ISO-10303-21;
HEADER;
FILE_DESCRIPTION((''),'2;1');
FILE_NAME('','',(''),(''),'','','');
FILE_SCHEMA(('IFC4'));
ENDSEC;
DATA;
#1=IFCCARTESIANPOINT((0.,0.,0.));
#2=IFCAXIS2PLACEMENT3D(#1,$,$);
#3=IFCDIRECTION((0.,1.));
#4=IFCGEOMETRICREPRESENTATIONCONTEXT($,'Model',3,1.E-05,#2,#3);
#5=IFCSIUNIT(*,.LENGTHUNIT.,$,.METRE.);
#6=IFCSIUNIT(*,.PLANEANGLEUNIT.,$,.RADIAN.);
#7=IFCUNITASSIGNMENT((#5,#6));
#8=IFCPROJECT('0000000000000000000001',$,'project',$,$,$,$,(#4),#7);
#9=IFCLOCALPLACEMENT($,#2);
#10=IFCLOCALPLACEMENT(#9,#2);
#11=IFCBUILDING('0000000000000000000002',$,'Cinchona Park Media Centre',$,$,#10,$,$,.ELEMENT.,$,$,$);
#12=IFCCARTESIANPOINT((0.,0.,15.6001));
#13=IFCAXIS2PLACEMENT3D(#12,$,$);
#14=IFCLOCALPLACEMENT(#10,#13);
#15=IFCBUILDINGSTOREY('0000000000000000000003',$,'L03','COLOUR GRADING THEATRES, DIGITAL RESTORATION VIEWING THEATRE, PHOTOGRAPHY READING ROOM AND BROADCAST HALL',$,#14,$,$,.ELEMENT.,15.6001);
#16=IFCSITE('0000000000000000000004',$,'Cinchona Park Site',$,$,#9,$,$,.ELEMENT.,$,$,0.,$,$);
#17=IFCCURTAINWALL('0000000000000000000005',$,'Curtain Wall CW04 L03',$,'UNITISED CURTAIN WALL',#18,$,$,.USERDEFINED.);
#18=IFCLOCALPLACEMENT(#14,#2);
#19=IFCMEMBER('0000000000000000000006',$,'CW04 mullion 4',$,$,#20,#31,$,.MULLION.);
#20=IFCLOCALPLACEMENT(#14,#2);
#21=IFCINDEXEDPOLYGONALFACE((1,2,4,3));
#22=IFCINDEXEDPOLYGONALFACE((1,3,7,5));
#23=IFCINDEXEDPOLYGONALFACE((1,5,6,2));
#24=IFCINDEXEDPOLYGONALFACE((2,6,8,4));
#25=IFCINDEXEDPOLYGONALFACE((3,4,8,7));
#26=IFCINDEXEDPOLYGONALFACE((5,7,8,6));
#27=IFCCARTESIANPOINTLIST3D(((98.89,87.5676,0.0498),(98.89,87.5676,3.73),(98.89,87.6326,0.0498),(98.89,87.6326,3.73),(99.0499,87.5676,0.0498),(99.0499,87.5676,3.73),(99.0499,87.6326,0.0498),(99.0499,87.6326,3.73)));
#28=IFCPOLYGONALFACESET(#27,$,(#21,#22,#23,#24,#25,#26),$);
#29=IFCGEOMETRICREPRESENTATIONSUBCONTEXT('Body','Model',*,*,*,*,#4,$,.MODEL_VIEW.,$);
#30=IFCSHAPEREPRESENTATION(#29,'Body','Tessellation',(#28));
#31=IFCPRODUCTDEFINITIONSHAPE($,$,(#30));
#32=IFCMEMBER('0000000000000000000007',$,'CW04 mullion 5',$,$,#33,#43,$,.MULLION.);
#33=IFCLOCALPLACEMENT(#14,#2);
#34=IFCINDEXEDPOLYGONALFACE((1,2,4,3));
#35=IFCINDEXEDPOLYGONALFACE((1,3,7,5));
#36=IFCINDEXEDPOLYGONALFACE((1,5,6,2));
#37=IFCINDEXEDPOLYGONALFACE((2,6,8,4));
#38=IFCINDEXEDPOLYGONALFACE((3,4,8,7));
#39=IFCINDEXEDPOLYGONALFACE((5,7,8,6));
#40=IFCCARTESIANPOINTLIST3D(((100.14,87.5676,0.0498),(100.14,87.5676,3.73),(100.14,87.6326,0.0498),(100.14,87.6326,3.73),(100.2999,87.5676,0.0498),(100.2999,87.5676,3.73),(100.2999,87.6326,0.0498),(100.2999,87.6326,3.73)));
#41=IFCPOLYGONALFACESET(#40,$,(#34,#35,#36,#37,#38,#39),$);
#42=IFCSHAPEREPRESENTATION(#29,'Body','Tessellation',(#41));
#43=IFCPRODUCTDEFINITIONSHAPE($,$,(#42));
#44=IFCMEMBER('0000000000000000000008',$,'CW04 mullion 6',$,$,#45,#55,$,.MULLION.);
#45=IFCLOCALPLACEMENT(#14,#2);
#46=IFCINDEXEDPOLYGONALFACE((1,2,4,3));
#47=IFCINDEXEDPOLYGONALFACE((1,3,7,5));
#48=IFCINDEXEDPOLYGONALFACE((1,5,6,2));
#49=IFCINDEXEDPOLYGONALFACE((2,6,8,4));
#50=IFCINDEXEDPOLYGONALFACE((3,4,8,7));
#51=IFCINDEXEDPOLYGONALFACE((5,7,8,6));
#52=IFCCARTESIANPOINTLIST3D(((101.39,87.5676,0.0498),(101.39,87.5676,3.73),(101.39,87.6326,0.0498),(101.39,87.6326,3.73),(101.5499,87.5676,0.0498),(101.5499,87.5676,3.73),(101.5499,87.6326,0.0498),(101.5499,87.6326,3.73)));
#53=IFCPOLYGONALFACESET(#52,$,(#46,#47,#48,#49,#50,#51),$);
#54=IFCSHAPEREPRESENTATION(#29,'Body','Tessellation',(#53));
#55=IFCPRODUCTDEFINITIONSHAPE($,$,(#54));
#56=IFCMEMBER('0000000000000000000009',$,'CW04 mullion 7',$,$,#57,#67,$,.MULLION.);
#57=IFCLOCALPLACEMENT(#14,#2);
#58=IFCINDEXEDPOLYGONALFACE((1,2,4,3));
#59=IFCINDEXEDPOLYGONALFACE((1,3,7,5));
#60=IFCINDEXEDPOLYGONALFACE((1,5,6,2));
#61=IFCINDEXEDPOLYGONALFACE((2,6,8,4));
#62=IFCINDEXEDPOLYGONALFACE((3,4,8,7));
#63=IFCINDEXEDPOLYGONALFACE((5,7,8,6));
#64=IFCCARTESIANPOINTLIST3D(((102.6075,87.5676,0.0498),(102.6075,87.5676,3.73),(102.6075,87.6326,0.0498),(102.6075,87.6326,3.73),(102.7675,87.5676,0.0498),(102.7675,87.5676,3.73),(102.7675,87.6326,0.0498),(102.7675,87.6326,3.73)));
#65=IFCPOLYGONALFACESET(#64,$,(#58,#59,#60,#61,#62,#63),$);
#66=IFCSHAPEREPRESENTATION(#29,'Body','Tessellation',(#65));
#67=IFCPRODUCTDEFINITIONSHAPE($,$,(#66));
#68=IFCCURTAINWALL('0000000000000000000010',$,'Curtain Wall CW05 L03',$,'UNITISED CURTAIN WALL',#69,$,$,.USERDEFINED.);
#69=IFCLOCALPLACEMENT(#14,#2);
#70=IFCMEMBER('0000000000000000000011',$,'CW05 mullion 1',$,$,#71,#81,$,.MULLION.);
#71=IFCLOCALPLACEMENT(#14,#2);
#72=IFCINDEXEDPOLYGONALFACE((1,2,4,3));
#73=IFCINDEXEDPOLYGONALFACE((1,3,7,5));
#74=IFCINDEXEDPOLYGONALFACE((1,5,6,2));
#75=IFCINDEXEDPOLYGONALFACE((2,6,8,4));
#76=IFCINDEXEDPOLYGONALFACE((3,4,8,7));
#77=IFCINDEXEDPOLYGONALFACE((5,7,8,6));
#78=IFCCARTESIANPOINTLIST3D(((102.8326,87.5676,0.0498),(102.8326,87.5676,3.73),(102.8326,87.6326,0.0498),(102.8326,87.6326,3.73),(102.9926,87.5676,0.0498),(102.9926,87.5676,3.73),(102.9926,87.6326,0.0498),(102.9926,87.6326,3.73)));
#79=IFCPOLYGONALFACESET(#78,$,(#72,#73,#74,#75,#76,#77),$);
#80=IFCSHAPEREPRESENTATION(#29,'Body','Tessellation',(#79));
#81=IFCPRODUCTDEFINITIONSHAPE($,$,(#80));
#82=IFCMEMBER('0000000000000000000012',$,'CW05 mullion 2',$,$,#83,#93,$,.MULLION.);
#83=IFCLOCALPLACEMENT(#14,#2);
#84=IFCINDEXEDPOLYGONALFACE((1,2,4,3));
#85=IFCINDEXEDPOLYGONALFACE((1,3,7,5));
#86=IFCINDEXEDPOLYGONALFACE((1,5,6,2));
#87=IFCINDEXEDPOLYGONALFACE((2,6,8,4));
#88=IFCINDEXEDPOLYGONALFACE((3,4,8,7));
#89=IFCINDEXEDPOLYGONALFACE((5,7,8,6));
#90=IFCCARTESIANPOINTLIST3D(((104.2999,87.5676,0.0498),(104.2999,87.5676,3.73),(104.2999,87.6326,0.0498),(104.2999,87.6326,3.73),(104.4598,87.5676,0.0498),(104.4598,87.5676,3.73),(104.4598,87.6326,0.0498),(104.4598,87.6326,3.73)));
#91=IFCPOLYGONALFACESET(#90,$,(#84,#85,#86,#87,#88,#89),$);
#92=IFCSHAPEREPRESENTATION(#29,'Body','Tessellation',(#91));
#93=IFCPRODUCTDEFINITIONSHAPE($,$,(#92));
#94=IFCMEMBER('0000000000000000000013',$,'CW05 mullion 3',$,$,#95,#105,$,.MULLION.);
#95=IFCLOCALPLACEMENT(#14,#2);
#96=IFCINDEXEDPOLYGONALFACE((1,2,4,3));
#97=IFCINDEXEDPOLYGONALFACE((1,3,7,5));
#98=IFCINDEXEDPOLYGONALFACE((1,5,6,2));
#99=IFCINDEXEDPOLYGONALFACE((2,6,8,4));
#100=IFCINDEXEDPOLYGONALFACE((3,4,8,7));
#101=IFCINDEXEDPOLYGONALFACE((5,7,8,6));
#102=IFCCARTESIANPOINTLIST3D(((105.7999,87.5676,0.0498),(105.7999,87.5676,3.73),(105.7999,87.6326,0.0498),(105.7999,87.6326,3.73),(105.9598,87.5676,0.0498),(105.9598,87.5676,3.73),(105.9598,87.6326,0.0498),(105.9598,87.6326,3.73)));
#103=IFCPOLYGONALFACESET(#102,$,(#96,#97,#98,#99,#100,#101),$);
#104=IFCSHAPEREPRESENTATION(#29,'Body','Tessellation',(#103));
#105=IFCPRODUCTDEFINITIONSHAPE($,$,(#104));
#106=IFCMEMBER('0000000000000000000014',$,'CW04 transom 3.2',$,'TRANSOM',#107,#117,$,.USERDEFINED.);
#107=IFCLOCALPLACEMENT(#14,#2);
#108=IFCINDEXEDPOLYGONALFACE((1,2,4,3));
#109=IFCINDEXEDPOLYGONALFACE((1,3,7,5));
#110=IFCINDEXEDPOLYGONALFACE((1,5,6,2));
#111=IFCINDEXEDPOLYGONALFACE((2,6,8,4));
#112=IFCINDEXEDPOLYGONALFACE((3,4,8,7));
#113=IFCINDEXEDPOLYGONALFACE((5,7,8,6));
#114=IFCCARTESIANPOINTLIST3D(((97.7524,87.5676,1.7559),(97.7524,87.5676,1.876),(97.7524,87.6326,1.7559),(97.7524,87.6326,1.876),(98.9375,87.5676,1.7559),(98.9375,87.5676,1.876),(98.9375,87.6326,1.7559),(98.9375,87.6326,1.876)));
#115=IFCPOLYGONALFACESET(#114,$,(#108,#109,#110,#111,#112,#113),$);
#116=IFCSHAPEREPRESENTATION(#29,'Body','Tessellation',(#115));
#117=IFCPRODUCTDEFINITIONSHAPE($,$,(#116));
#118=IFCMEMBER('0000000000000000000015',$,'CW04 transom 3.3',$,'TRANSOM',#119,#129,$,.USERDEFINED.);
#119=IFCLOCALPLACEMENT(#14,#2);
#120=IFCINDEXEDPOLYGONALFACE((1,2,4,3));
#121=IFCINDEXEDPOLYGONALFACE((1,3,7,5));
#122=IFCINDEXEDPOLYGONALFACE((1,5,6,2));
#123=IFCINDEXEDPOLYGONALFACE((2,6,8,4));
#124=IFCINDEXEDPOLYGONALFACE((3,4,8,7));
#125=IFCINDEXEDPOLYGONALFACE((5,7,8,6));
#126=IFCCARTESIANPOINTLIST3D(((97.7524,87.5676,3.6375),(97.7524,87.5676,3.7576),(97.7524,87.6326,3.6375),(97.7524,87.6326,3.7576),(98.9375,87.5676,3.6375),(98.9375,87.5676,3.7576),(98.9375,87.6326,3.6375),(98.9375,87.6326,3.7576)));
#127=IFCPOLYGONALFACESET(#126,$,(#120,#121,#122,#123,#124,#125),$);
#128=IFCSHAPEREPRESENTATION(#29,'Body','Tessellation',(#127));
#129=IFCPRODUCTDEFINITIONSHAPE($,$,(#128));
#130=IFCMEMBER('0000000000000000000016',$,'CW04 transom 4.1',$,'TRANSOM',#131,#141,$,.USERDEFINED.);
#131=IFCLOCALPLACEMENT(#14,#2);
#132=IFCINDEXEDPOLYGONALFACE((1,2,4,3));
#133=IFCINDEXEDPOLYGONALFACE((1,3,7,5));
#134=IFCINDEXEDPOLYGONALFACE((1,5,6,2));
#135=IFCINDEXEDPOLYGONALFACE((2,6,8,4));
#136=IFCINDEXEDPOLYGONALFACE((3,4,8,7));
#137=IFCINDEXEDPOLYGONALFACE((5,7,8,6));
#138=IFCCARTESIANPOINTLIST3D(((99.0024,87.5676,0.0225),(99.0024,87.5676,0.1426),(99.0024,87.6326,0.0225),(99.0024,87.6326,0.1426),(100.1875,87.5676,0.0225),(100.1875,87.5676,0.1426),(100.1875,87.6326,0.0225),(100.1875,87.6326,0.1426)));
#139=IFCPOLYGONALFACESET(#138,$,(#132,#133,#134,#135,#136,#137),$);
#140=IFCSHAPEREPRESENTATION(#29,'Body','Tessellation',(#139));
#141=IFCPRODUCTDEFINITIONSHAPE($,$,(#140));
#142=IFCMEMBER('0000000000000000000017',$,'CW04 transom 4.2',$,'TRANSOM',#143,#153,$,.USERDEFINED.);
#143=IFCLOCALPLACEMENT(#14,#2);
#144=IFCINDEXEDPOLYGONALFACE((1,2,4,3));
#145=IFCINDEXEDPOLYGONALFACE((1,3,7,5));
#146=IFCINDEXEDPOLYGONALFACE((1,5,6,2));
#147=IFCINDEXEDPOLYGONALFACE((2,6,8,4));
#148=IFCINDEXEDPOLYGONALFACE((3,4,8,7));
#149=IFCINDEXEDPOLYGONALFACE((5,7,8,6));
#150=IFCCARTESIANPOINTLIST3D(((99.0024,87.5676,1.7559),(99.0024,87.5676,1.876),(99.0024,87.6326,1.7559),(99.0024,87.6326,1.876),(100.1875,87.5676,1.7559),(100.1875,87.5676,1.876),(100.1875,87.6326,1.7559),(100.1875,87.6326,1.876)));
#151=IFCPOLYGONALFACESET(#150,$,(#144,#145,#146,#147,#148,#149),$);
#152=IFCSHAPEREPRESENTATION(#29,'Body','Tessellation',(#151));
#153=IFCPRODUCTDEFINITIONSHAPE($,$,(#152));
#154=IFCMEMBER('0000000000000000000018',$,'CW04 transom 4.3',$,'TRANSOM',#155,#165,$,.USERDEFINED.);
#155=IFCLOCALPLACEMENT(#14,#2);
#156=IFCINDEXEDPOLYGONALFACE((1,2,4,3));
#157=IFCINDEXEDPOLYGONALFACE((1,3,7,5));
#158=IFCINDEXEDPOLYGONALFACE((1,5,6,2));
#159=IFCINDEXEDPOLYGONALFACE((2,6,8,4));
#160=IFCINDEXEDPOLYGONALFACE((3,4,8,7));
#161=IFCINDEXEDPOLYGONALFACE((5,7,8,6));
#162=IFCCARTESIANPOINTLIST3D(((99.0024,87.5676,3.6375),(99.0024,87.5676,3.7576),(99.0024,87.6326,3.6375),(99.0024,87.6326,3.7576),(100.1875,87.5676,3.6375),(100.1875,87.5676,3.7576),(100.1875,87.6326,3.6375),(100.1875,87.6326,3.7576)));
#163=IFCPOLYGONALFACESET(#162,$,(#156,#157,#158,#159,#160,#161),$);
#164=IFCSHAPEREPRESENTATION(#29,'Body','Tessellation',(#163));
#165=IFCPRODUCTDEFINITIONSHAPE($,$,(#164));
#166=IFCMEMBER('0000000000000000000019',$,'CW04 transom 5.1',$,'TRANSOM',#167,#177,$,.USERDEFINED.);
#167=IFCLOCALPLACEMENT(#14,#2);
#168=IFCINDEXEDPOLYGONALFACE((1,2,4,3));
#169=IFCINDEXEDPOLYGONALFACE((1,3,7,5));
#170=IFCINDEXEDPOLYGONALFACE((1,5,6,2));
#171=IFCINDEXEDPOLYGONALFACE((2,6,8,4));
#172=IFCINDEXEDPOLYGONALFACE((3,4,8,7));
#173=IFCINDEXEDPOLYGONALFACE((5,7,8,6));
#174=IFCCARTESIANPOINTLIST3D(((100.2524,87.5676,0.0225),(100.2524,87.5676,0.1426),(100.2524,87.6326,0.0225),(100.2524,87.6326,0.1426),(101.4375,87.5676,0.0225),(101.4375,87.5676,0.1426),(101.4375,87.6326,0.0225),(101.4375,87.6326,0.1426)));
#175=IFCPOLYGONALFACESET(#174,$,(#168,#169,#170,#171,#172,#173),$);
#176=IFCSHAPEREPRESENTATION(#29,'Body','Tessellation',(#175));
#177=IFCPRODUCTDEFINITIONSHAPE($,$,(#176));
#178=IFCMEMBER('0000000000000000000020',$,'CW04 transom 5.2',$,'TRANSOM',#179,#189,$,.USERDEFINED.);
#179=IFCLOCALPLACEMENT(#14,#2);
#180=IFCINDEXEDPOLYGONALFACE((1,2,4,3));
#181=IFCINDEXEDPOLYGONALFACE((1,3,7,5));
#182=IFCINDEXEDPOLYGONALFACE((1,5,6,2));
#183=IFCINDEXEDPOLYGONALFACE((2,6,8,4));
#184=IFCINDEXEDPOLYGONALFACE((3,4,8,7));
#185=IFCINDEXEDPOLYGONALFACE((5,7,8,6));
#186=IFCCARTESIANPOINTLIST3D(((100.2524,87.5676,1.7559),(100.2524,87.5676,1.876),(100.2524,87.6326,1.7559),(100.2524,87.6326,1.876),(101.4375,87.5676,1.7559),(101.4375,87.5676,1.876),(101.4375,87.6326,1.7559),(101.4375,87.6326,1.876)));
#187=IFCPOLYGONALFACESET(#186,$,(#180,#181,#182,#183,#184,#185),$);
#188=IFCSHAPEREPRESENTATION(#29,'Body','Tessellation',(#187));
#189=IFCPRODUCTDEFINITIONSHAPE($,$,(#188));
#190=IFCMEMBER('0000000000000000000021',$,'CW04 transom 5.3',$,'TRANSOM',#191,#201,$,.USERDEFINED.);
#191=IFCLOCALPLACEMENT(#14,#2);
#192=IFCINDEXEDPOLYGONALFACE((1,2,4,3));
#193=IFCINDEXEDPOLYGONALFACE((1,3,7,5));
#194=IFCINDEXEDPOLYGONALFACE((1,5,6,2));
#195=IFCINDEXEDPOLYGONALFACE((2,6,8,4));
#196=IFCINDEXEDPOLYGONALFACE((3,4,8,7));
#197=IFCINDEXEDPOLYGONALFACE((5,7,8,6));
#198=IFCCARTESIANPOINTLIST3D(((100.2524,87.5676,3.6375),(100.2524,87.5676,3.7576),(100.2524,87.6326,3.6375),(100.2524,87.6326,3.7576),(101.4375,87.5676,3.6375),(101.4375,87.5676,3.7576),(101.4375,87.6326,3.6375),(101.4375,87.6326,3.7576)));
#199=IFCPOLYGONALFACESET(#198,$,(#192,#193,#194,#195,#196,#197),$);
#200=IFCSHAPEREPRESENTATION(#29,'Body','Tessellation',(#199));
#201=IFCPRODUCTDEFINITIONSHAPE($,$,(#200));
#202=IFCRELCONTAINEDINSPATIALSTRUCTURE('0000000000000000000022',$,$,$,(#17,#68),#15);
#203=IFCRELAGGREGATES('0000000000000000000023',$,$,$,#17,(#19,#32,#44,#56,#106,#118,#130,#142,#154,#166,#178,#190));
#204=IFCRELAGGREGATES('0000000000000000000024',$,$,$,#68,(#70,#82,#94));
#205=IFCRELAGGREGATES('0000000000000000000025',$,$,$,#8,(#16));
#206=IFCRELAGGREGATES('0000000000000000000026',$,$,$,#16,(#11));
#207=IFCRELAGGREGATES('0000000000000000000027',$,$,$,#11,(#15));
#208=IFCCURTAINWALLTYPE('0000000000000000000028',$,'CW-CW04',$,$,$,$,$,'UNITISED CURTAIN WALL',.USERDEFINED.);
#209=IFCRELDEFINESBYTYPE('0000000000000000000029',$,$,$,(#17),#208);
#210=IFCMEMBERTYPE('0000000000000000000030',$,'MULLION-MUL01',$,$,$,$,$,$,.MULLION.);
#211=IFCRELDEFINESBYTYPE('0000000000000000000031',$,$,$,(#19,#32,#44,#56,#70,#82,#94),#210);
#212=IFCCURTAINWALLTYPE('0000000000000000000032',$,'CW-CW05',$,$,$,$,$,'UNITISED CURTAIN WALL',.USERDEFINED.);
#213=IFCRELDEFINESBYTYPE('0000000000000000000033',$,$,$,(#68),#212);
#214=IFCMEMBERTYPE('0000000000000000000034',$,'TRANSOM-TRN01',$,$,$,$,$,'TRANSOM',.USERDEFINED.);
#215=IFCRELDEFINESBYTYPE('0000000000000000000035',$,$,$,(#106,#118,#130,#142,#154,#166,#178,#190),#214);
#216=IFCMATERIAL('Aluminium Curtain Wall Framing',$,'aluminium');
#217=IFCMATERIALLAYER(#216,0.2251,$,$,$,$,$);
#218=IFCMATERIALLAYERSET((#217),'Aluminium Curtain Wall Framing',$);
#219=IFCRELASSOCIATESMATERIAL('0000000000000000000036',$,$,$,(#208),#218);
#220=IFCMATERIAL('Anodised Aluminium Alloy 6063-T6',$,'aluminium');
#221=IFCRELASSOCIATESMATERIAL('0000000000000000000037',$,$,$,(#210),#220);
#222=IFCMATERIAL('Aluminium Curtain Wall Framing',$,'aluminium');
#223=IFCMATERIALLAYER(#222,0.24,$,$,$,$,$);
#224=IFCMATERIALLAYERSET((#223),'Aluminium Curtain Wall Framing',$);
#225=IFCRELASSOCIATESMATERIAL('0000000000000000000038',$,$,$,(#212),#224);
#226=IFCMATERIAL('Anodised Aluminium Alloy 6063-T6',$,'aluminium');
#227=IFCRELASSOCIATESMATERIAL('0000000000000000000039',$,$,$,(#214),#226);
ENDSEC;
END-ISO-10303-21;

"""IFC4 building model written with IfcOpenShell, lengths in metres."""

from ifc_helpers import new_model, si_unit, direction, frame, origin, origin_2d, place, context, subcontext, project, spatial, rectangle, extrude, material, layer, layer_set, material_profile, profile_set, type_object, element, aggregate, save


model = new_model("IFC4")

# Units and contexts
model_context = context("Model", 3, precision=1e-05, world=origin(), true_north=direction((0.0, 1.0)))
body_context = subcontext(model_context, "Body", "Model", "MODEL_VIEW")
ifc_project = project(units=[si_unit("LENGTHUNIT", "METRE"), si_unit("PLANEANGLEUNIT", "RADIAN")], contexts=[model_context])

# Site, building, storey
site_placement = place(None, origin())
site = spatial("IfcSite", under=ifc_project, at=site_placement, Name="Cinchona Park Site", CompositionType="ELEMENT", RefElevation=0.0)
building_placement = place(site_placement, origin())
building = spatial("IfcBuilding", under=site, at=building_placement, Name="Cinchona Park Media Centre", CompositionType="ELEMENT")
storey_placement = place(building_placement, frame((0.0, 0.0, 15.6001)))
storey = spatial("IfcBuildingStorey", under=building, at=storey_placement, Name="L03", Description="COLOUR GRADING THEATRES, DIGITAL RESTORATION VIEWING THEATRE, PHOTOGRAPHY READING ROOM AND BROADCAST HALL", CompositionType="ELEMENT", Elevation=15.6001)

# Curtain walls, members
ifc_material_1 = material(Name="Aluminium Curtain Wall Framing", Category="aluminium")
ifc_layer_1 = layer(ifc_material_1, 0.2251)
ifc_layer_set_1 = layer_set([ifc_layer_1], Name="Aluminium Curtain Wall Framing")
curtain_wall_type_1 = type_object("IfcCurtainWallType", Name="CW-CW04", ElementType="UNITISED CURTAIN WALL", PredefinedType="USERDEFINED", material=ifc_layer_set_1)
curtain_wall_1_placement = place(storey_placement, origin())
curtain_wall_1 = element("IfcCurtainWall", 1, at=curtain_wall_1_placement, inside=storey, type_object=curtain_wall_type_1, Name="Curtain Wall CW04 L03", ObjectType="UNITISED CURTAIN WALL", PredefinedType="USERDEFINED")
ifc_material_2 = material(Name="Anodised Aluminium Alloy 6063-T6", Category="aluminium")
ifc_material_profile_1 = material_profile(ifc_material_2, rectangle(XDim=0.0649, YDim=0.1599, at=origin_2d()), Name="MUL-65X160")
ifc_profile_set_1 = profile_set([ifc_material_profile_1], Name="Anodised Aluminium Alloy 6063-T6")
member_type_1 = type_object("IfcMemberType", Name="MULLION-MUL01", PredefinedType="MULLION", material=ifc_profile_set_1)
member_1_placement = place(storey_placement, frame((98.97, 87.6001, 0.0498), z_axis=(0.0, 0.0, 1.0), x_axis=(0.0, 1.0, 0.0)))
member_1 = element("IfcMember", 2, at=member_1_placement, type_object=member_type_1, Name="CW04 mullion 4", PredefinedType="MULLION", context=body_context, shape_type="SweptSolid", body=[
    extrude(rectangle(XDim=0.0649, YDim=0.1599, at=origin_2d()), origin(), (0.0, 0.0, 1.0), 3.6802),
])
member_2_placement = place(storey_placement, frame((100.22, 87.6001, 0.0498), z_axis=(0.0, 0.0, 1.0), x_axis=(0.0, 1.0, 0.0)))
member_2 = element("IfcMember", 3, at=member_2_placement, type_object=member_type_1, Name="CW04 mullion 5", PredefinedType="MULLION", context=body_context, shape_type="SweptSolid", body=[
    extrude(rectangle(XDim=0.0649, YDim=0.1599, at=origin_2d()), origin(), (0.0, 0.0, 1.0), 3.6802),
])
member_3_placement = place(storey_placement, frame((101.47, 87.6001, 0.0498), z_axis=(0.0, 0.0, 1.0), x_axis=(0.0, 1.0, 0.0)))
member_3 = element("IfcMember", 4, at=member_3_placement, type_object=member_type_1, Name="CW04 mullion 6", PredefinedType="MULLION", context=body_context, shape_type="SweptSolid", body=[
    extrude(rectangle(XDim=0.0649, YDim=0.1599, at=origin_2d()), origin(), (0.0, 0.0, 1.0), 3.6802),
])
member_4_placement = place(storey_placement, frame((102.6875, 87.6001, 0.0498), z_axis=(0.0, 0.0, 1.0), x_axis=(0.0, 1.0, 0.0)))
member_4 = element("IfcMember", 5, at=member_4_placement, type_object=member_type_1, Name="CW04 mullion 7", PredefinedType="MULLION", context=body_context, shape_type="SweptSolid", body=[
    extrude(rectangle(XDim=0.0649, YDim=0.1599, at=origin_2d()), origin(), (0.0, 0.0, 1.0), 3.6802),
])
ifc_material_3 = material(Name="Aluminium Curtain Wall Framing", Category="aluminium")
ifc_layer_2 = layer(ifc_material_3, 0.24)
ifc_layer_set_2 = layer_set([ifc_layer_2], Name="Aluminium Curtain Wall Framing")
curtain_wall_type_2 = type_object("IfcCurtainWallType", Name="CW-CW05", ElementType="UNITISED CURTAIN WALL", PredefinedType="USERDEFINED", material=ifc_layer_set_2)
curtain_wall_2_placement = place(storey_placement, origin())
curtain_wall_2 = element("IfcCurtainWall", 6, at=curtain_wall_2_placement, inside=storey, type_object=curtain_wall_type_2, Name="Curtain Wall CW05 L03", ObjectType="UNITISED CURTAIN WALL", PredefinedType="USERDEFINED")
member_5_placement = place(storey_placement, frame((102.9126, 87.6001, 0.0498), z_axis=(0.0, 0.0, 1.0), x_axis=(0.0, 1.0, 0.0)))
member_5 = element("IfcMember", 7, at=member_5_placement, type_object=member_type_1, Name="CW05 mullion 1", PredefinedType="MULLION", context=body_context, shape_type="SweptSolid", body=[
    extrude(rectangle(XDim=0.0649, YDim=0.1599, at=origin_2d()), origin(), (0.0, 0.0, 1.0), 3.6802),
])
member_6_placement = place(storey_placement, frame((104.3799, 87.6001, 0.0498), z_axis=(0.0, 0.0, 1.0), x_axis=(0.0, 1.0, 0.0)))
member_6 = element("IfcMember", 8, at=member_6_placement, type_object=member_type_1, Name="CW05 mullion 2", PredefinedType="MULLION", context=body_context, shape_type="SweptSolid", body=[
    extrude(rectangle(XDim=0.0649, YDim=0.1599, at=origin_2d()), origin(), (0.0, 0.0, 1.0), 3.6802),
])
member_7_placement = place(storey_placement, frame((105.8799, 87.6001, 0.0498), z_axis=(0.0, 0.0, 1.0), x_axis=(0.0, 1.0, 0.0)))
member_7 = element("IfcMember", 9, at=member_7_placement, type_object=member_type_1, Name="CW05 mullion 3", PredefinedType="MULLION", context=body_context, shape_type="SweptSolid", body=[
    extrude(rectangle(XDim=0.0649, YDim=0.1599, at=origin_2d()), origin(), (0.0, 0.0, 1.0), 3.6802),
])

# Members
ifc_material_4 = material(Name="Anodised Aluminium Alloy 6063-T6", Category="aluminium")
ifc_material_profile_2 = material_profile(ifc_material_4, rectangle(XDim=0.0649, YDim=0.1201, at=origin_2d()), Name="TRN-65X120")
ifc_profile_set_2 = profile_set([ifc_material_profile_2], Name="Anodised Aluminium Alloy 6063-T6")
member_type_2 = type_object("IfcMemberType", Name="TRANSOM-TRN01", ElementType="TRANSOM", PredefinedType="USERDEFINED", material=ifc_profile_set_2)
member_8_placement = place(storey_placement, frame((97.7524, 87.6001, 1.8159), z_axis=(1.0, 0.0, 0.0), x_axis=(0.0, 1.0, 0.0)))
member_8 = element("IfcMember", 10, at=member_8_placement, type_object=member_type_2, Name="CW04 transom 3.2", ObjectType="TRANSOM", PredefinedType="USERDEFINED", context=body_context, shape_type="SweptSolid", body=[
    extrude(rectangle(XDim=0.0649, YDim=0.1201, at=origin_2d()), origin(), (0.0, 0.0, 1.0), 1.1851),
])
member_9_placement = place(storey_placement, frame((97.7524, 87.6001, 3.6975), z_axis=(1.0, 0.0, 0.0), x_axis=(0.0, 1.0, 0.0)))
member_9 = element("IfcMember", 11, at=member_9_placement, type_object=member_type_2, Name="CW04 transom 3.3", ObjectType="TRANSOM", PredefinedType="USERDEFINED", context=body_context, shape_type="SweptSolid", body=[
    extrude(rectangle(XDim=0.0649, YDim=0.1201, at=origin_2d()), origin(), (0.0, 0.0, 1.0), 1.1851),
])
member_10_placement = place(storey_placement, frame((99.0024, 87.6001, 0.0825), z_axis=(1.0, 0.0, 0.0), x_axis=(0.0, 1.0, 0.0)))
member_10 = element("IfcMember", 12, at=member_10_placement, type_object=member_type_2, Name="CW04 transom 4.1", ObjectType="TRANSOM", PredefinedType="USERDEFINED", context=body_context, shape_type="SweptSolid", body=[
    extrude(rectangle(XDim=0.0649, YDim=0.1201, at=origin_2d()), origin(), (0.0, 0.0, 1.0), 1.1851),
])
member_11_placement = place(storey_placement, frame((99.0024, 87.6001, 1.8159), z_axis=(1.0, 0.0, 0.0), x_axis=(0.0, 1.0, 0.0)))
member_11 = element("IfcMember", 13, at=member_11_placement, type_object=member_type_2, Name="CW04 transom 4.2", ObjectType="TRANSOM", PredefinedType="USERDEFINED", context=body_context, shape_type="SweptSolid", body=[
    extrude(rectangle(XDim=0.0649, YDim=0.1201, at=origin_2d()), origin(), (0.0, 0.0, 1.0), 1.1851),
])
member_12_placement = place(storey_placement, frame((99.0024, 87.6001, 3.6975), z_axis=(1.0, 0.0, 0.0), x_axis=(0.0, 1.0, 0.0)))
member_12 = element("IfcMember", 14, at=member_12_placement, type_object=member_type_2, Name="CW04 transom 4.3", ObjectType="TRANSOM", PredefinedType="USERDEFINED", context=body_context, shape_type="SweptSolid", body=[
    extrude(rectangle(XDim=0.0649, YDim=0.1201, at=origin_2d()), origin(), (0.0, 0.0, 1.0), 1.1851),
])
member_13_placement = place(storey_placement, frame((100.2524, 87.6001, 0.0825), z_axis=(1.0, 0.0, 0.0), x_axis=(0.0, 1.0, 0.0)))
member_13 = element("IfcMember", 15, at=member_13_placement, type_object=member_type_2, Name="CW04 transom 5.1", ObjectType="TRANSOM", PredefinedType="USERDEFINED", context=body_context, shape_type="SweptSolid", body=[
    extrude(rectangle(XDim=0.0649, YDim=0.1201, at=origin_2d()), origin(), (0.0, 0.0, 1.0), 1.1851),
])
member_14_placement = place(storey_placement, frame((100.2524, 87.6001, 1.8159), z_axis=(1.0, 0.0, 0.0), x_axis=(0.0, 1.0, 0.0)))
member_14 = element("IfcMember", 16, at=member_14_placement, type_object=member_type_2, Name="CW04 transom 5.2", ObjectType="TRANSOM", PredefinedType="USERDEFINED", context=body_context, shape_type="SweptSolid", body=[
    extrude(rectangle(XDim=0.0649, YDim=0.1201, at=origin_2d()), origin(), (0.0, 0.0, 1.0), 1.1851),
])
member_15_placement = place(storey_placement, frame((100.2524, 87.6001, 3.6975), z_axis=(1.0, 0.0, 0.0), x_axis=(0.0, 1.0, 0.0)))
member_15 = element("IfcMember", 17, at=member_15_placement, type_object=member_type_2, Name="CW04 transom 5.3", ObjectType="TRANSOM", PredefinedType="USERDEFINED", context=body_context, shape_type="SweptSolid", body=[
    extrude(rectangle(XDim=0.0649, YDim=0.1201, at=origin_2d()), origin(), (0.0, 0.0, 1.0), 1.1851),
])

aggregate(curtain_wall_1, [member_1, member_2, member_3, member_4, member_8, member_9, member_10, member_11, member_12, member_13, member_14, member_15])
aggregate(curtain_wall_2, [member_5, member_6, member_7])

save(model, "model.ifc")
